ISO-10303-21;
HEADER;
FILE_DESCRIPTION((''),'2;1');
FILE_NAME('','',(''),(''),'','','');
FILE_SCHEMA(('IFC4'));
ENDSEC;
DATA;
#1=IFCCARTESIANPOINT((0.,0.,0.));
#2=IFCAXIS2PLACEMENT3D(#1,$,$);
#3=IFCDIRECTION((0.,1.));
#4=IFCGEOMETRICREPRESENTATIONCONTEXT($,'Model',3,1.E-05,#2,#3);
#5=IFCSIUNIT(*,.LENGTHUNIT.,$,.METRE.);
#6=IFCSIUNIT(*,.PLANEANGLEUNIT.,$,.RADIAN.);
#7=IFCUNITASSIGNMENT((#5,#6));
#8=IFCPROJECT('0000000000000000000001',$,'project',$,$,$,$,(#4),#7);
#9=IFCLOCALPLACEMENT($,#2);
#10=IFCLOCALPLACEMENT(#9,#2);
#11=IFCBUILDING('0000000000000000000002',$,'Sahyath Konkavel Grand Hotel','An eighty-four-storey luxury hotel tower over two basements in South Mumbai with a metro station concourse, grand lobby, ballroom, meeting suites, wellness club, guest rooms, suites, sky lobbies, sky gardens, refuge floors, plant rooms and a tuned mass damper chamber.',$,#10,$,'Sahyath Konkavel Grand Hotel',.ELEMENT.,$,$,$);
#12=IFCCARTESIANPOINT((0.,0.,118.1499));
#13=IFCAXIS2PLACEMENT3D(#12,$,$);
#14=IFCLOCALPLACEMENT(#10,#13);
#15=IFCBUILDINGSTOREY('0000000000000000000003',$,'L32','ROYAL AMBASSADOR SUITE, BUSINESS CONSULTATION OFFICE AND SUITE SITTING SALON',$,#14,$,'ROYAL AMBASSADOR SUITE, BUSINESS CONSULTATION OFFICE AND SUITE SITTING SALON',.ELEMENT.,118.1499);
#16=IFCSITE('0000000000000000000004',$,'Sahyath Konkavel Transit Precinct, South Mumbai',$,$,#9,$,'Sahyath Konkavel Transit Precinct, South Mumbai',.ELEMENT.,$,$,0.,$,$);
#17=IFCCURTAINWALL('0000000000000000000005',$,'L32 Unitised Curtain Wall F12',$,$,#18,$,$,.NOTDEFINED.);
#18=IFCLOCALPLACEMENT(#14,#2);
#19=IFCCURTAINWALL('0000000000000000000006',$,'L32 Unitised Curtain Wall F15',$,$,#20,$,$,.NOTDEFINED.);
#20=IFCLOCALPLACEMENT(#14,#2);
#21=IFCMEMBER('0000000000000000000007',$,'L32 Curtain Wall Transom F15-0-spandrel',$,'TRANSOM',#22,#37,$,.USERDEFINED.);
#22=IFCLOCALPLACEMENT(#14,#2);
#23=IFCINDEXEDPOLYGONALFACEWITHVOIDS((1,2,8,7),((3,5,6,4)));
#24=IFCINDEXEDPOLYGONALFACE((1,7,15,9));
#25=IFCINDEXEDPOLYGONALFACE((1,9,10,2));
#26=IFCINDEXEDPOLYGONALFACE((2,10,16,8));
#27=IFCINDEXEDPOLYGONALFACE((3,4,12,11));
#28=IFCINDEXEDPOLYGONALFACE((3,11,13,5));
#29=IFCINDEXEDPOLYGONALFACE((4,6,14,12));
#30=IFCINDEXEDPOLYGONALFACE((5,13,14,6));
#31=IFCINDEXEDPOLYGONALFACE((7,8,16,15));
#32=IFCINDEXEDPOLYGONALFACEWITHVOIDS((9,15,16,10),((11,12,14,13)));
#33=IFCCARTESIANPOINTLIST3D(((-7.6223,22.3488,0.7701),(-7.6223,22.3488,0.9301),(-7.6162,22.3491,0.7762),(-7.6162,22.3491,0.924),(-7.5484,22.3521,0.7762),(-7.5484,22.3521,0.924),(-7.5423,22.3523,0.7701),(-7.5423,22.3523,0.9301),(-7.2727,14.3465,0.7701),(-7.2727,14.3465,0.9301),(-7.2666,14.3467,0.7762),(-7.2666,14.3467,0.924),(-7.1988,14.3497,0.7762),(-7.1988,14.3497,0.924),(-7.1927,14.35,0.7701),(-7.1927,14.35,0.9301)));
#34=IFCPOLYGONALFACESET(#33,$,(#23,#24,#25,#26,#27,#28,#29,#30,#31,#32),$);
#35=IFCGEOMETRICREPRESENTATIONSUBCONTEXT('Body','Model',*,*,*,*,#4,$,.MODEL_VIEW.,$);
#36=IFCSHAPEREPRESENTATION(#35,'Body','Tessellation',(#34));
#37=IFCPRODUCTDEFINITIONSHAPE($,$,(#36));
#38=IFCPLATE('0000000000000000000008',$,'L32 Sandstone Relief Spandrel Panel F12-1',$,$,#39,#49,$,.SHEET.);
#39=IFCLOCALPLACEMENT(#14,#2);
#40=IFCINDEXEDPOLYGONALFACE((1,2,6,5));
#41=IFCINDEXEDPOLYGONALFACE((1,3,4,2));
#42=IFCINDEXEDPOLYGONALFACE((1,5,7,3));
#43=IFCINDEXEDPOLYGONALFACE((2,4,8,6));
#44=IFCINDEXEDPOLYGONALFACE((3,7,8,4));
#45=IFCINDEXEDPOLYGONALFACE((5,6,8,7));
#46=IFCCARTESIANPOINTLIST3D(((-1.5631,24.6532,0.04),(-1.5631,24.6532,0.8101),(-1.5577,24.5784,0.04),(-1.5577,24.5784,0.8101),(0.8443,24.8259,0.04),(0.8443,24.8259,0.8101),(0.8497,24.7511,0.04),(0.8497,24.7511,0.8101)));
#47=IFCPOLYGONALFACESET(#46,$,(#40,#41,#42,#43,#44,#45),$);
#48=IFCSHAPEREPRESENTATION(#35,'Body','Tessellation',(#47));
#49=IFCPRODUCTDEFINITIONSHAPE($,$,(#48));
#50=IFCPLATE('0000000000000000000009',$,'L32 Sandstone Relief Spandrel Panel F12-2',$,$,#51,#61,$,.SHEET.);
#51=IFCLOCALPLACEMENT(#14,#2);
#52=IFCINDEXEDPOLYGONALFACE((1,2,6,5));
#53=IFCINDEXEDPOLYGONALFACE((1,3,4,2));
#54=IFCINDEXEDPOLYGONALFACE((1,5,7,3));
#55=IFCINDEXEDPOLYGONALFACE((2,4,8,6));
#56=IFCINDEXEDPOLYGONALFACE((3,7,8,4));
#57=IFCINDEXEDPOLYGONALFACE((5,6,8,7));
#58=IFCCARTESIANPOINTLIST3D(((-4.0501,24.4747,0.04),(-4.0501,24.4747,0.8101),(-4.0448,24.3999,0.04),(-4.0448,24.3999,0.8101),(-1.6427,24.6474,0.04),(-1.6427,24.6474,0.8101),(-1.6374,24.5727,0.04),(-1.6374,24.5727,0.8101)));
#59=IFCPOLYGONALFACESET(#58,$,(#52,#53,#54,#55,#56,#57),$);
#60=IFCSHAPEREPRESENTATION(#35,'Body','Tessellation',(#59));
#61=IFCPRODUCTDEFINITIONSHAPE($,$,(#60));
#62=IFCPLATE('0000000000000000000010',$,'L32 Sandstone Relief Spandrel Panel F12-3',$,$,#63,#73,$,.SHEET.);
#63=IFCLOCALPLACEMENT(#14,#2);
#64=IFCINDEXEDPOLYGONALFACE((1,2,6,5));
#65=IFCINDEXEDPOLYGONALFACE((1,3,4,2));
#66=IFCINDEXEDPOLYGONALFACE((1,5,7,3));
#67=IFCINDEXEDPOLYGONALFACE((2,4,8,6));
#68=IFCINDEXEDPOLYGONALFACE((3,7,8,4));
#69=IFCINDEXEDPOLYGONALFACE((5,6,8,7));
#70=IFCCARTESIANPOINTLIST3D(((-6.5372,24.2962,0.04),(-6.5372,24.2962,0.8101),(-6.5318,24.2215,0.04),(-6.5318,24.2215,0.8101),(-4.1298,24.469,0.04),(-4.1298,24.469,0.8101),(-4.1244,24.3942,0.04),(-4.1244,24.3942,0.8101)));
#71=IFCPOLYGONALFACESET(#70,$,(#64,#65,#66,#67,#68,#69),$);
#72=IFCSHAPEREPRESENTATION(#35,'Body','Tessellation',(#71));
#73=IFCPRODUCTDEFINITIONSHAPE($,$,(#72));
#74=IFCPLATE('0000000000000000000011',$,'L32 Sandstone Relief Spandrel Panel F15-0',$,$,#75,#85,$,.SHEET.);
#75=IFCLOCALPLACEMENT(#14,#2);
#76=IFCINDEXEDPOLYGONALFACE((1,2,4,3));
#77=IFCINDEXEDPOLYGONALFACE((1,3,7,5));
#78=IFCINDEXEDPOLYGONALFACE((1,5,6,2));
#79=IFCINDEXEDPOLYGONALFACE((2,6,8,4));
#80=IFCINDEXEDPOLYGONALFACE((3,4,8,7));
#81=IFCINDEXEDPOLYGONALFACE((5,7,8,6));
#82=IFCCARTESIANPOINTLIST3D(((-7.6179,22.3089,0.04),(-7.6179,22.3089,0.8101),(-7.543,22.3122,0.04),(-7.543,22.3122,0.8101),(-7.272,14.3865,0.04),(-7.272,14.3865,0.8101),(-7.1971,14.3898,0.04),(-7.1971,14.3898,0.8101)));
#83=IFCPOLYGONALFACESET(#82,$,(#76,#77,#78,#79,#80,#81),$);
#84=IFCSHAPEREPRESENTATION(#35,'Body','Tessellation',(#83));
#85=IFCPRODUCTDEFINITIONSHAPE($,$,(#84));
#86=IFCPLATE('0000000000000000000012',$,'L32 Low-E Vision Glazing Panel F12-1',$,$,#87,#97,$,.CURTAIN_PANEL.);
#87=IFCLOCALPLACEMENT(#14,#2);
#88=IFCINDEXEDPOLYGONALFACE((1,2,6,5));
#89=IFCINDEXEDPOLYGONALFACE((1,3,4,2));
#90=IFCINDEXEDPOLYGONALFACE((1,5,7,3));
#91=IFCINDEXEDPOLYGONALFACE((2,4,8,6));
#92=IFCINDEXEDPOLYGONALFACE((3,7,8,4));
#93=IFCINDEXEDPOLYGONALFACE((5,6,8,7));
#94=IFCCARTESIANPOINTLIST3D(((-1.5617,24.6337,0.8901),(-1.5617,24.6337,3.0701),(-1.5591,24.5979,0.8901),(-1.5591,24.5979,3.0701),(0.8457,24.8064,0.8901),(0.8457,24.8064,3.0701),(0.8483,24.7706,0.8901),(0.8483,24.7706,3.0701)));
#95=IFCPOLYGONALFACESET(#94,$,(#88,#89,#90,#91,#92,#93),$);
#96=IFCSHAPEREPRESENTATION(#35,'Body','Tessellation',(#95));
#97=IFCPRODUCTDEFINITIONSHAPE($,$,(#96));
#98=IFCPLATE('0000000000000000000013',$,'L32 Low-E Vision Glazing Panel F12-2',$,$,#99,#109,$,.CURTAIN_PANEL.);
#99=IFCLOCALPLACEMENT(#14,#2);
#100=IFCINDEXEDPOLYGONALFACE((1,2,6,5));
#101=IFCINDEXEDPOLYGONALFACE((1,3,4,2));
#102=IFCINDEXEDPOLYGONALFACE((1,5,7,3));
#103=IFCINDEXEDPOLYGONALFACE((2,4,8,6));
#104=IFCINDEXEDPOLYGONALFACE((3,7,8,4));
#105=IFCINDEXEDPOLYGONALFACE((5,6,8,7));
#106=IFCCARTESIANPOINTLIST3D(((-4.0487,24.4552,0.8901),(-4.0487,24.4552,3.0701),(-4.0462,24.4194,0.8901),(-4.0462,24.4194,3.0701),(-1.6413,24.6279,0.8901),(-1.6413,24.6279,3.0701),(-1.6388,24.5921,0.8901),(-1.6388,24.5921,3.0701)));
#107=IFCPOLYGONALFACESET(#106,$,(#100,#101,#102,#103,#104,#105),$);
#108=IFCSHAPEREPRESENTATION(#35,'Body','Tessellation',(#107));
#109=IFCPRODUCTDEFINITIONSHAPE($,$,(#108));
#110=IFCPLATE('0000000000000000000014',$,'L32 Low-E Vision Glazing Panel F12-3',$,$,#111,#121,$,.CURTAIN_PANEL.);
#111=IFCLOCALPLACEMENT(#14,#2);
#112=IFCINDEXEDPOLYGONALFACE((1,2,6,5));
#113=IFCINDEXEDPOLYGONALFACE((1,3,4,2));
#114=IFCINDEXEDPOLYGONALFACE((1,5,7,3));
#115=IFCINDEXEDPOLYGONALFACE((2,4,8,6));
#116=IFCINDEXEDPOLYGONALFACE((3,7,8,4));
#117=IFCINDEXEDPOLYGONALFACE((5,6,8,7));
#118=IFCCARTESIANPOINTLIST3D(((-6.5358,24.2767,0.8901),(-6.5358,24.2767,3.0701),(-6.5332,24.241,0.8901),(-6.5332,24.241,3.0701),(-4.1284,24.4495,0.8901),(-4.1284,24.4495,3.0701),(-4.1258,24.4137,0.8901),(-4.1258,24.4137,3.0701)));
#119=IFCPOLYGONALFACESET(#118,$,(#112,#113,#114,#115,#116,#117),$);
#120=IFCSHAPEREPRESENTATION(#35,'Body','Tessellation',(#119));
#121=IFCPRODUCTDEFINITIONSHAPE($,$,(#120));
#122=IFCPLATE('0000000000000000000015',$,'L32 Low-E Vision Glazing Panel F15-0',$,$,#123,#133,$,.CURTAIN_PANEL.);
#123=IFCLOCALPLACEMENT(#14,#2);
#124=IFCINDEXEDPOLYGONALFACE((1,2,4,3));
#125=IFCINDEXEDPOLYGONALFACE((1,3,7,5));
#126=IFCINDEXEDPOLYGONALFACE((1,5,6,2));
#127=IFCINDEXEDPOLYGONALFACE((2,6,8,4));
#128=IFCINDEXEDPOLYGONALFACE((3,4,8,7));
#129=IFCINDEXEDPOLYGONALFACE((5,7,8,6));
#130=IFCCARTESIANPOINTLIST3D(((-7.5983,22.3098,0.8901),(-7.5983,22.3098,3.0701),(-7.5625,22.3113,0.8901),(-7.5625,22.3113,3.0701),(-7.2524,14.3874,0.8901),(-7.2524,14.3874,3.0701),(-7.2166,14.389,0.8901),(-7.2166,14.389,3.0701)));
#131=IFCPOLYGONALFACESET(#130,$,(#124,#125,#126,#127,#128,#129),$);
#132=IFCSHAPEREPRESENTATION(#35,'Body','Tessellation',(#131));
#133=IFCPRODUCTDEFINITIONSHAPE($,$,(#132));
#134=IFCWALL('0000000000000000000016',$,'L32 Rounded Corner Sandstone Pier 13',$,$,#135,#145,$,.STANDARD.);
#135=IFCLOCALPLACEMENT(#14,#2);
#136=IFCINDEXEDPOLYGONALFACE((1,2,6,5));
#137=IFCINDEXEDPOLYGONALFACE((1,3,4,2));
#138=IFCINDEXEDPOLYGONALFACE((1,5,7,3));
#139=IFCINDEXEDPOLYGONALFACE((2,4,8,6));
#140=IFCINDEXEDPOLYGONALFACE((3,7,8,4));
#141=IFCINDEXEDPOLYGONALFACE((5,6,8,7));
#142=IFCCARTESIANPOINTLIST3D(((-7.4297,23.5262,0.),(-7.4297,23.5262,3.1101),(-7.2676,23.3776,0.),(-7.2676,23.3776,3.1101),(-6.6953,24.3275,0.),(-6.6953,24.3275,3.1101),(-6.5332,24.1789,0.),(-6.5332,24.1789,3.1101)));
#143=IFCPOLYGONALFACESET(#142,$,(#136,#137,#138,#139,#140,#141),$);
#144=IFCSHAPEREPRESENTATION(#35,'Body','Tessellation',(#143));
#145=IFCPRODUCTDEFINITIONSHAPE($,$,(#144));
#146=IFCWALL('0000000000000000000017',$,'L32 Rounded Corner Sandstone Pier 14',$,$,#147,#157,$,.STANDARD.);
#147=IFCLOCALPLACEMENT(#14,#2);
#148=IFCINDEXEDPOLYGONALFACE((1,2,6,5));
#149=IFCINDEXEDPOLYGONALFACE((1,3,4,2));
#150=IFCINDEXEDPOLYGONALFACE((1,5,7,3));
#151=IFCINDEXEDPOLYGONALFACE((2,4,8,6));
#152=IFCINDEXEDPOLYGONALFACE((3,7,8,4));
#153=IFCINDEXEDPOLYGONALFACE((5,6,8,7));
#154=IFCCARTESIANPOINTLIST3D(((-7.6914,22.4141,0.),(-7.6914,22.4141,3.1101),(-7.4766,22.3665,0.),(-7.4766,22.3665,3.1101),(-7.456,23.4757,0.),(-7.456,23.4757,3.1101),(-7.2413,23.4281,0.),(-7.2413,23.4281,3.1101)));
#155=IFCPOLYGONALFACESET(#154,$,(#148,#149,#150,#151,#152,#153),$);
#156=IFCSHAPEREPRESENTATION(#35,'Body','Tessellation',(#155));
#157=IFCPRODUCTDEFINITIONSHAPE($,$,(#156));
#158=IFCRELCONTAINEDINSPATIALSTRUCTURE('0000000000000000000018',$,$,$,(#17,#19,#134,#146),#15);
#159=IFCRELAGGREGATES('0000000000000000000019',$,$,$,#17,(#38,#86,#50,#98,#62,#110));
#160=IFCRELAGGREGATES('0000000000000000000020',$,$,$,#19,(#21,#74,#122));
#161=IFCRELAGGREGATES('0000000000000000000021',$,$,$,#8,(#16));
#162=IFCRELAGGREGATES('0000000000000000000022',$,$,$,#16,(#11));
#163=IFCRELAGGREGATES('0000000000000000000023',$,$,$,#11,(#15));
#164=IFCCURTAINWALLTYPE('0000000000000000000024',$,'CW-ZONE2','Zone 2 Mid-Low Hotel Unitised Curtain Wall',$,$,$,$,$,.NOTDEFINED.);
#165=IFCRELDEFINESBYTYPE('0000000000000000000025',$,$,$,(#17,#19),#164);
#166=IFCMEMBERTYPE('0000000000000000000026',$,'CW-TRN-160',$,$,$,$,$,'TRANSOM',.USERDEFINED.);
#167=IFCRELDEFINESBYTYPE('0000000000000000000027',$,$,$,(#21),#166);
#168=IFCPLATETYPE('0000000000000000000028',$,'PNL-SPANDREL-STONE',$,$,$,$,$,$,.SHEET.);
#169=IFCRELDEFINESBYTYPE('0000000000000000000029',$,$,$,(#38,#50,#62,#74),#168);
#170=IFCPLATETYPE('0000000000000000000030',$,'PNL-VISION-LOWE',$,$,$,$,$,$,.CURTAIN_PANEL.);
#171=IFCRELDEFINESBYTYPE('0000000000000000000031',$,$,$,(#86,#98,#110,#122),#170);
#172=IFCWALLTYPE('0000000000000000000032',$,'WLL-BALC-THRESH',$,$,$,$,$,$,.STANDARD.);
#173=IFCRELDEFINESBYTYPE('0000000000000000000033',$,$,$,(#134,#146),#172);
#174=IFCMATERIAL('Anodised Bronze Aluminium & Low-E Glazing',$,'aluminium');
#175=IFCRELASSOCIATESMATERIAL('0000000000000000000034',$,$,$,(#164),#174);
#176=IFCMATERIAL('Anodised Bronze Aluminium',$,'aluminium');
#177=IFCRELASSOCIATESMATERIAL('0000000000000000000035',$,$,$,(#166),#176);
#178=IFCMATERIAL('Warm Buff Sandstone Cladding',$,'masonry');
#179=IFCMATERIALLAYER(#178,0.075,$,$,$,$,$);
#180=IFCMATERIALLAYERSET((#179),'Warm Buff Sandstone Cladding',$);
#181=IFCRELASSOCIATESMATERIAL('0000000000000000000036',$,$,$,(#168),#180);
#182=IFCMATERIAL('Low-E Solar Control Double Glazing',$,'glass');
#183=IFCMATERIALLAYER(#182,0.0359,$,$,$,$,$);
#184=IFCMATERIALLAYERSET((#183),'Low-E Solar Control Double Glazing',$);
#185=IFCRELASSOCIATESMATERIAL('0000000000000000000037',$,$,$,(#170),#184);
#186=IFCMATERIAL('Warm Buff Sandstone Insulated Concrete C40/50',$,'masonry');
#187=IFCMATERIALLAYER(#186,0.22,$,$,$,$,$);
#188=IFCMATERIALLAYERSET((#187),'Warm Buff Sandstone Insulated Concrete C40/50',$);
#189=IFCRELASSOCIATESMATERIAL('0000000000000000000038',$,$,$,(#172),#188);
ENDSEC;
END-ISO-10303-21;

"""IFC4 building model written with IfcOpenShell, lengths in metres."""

from ifc_helpers import new_model, si_unit, direction, frame, frame_2d, origin, origin_2d, place, context, subcontext, project, spatial, rectangle, hollow_rectangle, extrude, source, transform, mapped, material, layer, layer_set, material_profile, profile_set, type_object, element, aggregate, save


model = new_model("IFC4")

# Units and contexts
model_context = context("Model", 3, precision=1e-05, world=origin(), true_north=direction((0.0, 1.0)))
body_context = subcontext(model_context, "Body", "Model", "MODEL_VIEW")
ifc_project = project(units=[si_unit("LENGTHUNIT", "METRE"), si_unit("PLANEANGLEUNIT", "RADIAN")], contexts=[model_context])

# Site, building, storey
site_placement = place(None, origin())
site = spatial("IfcSite", under=ifc_project, at=site_placement, Name="Sahyath Konkavel Transit Precinct, South Mumbai", LongName="Sahyath Konkavel Transit Precinct, South Mumbai", CompositionType="ELEMENT", RefElevation=0.0)
building_placement = place(site_placement, origin())
building = spatial("IfcBuilding", under=site, at=building_placement, Name="Sahyath Konkavel Grand Hotel", Description="An eighty-four-storey luxury hotel tower over two basements in South Mumbai with a metro station concourse, grand lobby, ballroom, meeting suites, wellness club, guest rooms, suites, sky lobbies, sky gardens, refuge floors, plant rooms and a tuned mass damper chamber.", LongName="Sahyath Konkavel Grand Hotel", CompositionType="ELEMENT")
storey_placement = place(building_placement, frame((0.0, 0.0, 118.1499)))
storey = spatial("IfcBuildingStorey", under=building, at=storey_placement, Name="L32", Description="ROYAL AMBASSADOR SUITE, BUSINESS CONSULTATION OFFICE AND SUITE SITTING SALON", LongName="ROYAL AMBASSADOR SUITE, BUSINESS CONSULTATION OFFICE AND SUITE SITTING SALON", CompositionType="ELEMENT", Elevation=118.1499)

# Curtain wall
ifc_material_1 = material(Name="Anodised Bronze Aluminium & Low-E Glazing", Category="aluminium")
curtain_wall_type = type_object("IfcCurtainWallType", Name="CW-ZONE2", Description="Zone 2 Mid-Low Hotel Unitised Curtain Wall", PredefinedType="NOTDEFINED", material=ifc_material_1)
curtain_wall_1_placement = place(storey_placement, origin())
curtain_wall_1 = element("IfcCurtainWall", 1, at=curtain_wall_1_placement, inside=storey, type_object=curtain_wall_type, Name="L32 Unitised Curtain Wall F12", PredefinedType="NOTDEFINED")
ifc_material_2 = material(Name="Anodised Bronze Aluminium", Category="aluminium")

# Curtain wall
curtain_wall_2_placement = place(storey_placement, origin())
curtain_wall_2 = element("IfcCurtainWall", 2, at=curtain_wall_2_placement, inside=storey, type_object=curtain_wall_type, Name="L32 Unitised Curtain Wall F15", PredefinedType="NOTDEFINED")

# Member
ifc_material_profile_1 = material_profile(ifc_material_2, hollow_rectangle(XDim=0.0801, YDim=0.1599, WallThickness=0.0061, at=origin_2d()), Name="RHS 160x80x6")
ifc_profile_set_1 = profile_set([ifc_material_profile_1], Name="Anodised Bronze Aluminium")
member_type_1 = type_object("IfcMemberType", Name="CW-TRN-160", ElementType="TRANSOM", PredefinedType="USERDEFINED", material=ifc_profile_set_1)
shared_shape_1 = source(origin(), body_context, "Body", "SweptSolid", [
    extrude(hollow_rectangle(XDim=0.0801, YDim=0.1599, WallThickness=0.0061, at=origin_2d()), origin(), (0.0, 0.0, 1.0), 8.01),
])
member_1_placement = place(storey_placement, frame((-7.5823, 22.3506, 0.8501), z_axis=(0.043646, -0.999047, 0.0), x_axis=(0.999047, 0.043646, 0.0)))
member_1 = element("IfcMember", 3, at=member_1_placement, type_object=member_type_1, Name="L32 Curtain Wall Transom F15-0-spandrel", ObjectType="TRANSOM", PredefinedType="USERDEFINED", context=body_context, shape_type="MappedRepresentation", body=[
    mapped(shared_shape_1, transform((0.0, 0.0, 0.0), scale=1.0)),
])

# Plates
ifc_material_3 = material(Name="Warm Buff Sandstone Cladding", Category="masonry")
ifc_layer_1 = layer(ifc_material_3, 0.075)
ifc_layer_set_1 = layer_set([ifc_layer_1], Name="Warm Buff Sandstone Cladding")
plate_type_1 = type_object("IfcPlateType", Name="PNL-SPANDREL-STONE", PredefinedType="SHEET", material=ifc_layer_set_1)
shared_shape_2 = source(origin(), body_context, "Body", "SweptSolid", [
    extrude(rectangle(XDim=2.4136, YDim=0.075, at=origin_2d()), origin(), (0.0, 0.0, 1.0), 0.77),
])
plate_1_placement = place(storey_placement, frame((-0.3567, 24.7021, 0.04), z_axis=(0.0, 0.0, 1.0), x_axis=(-0.997436, -0.071567, 0.0)))
plate_1 = element("IfcPlate", 4, at=plate_1_placement, type_object=plate_type_1, Name="L32 Sandstone Relief Spandrel Panel F12-1", PredefinedType="SHEET", context=body_context, shape_type="MappedRepresentation", body=[
    mapped(shared_shape_2, transform((0.0, 0.0, 0.0), scale=1.0)),
])
plate_2_placement = place(storey_placement, frame((-2.8438, 24.5237, 0.04), z_axis=(0.0, 0.0, 1.0), x_axis=(-0.997436, -0.071567, 0.0)))
plate_2 = element("IfcPlate", 5, at=plate_2_placement, type_object=plate_type_1, Name="L32 Sandstone Relief Spandrel Panel F12-2", PredefinedType="SHEET", context=body_context, shape_type="MappedRepresentation", body=[
    mapped(shared_shape_2, transform((0.0, 0.0, 0.0), scale=1.0)),
])
plate_3_placement = place(storey_placement, frame((-5.3308, 24.3452, 0.04), z_axis=(0.0, 0.0, 1.0), x_axis=(-0.997436, -0.071567, 0.0)))
plate_3 = element("IfcPlate", 6, at=plate_3_placement, type_object=plate_type_1, Name="L32 Sandstone Relief Spandrel Panel F12-3", PredefinedType="SHEET", context=body_context, shape_type="MappedRepresentation", body=[
    mapped(shared_shape_2, transform((0.0, 0.0, 0.0), scale=1.0)),
])
shared_shape_3 = source(origin(), body_context, "Body", "SweptSolid", [
    extrude(rectangle(XDim=7.9299, YDim=0.075, at=origin_2d()), origin(), (0.0, 0.0, 1.0), 0.77),
])
plate_4_placement = place(storey_placement, frame((-7.4075, 18.3494, 0.04), z_axis=(0.0, 0.0, 1.0), x_axis=(0.043619, -0.999048, 0.0)))
plate_4 = element("IfcPlate", 7, at=plate_4_placement, type_object=plate_type_1, Name="L32 Sandstone Relief Spandrel Panel F15-0", PredefinedType="SHEET", context=body_context, shape_type="MappedRepresentation", body=[
    mapped(shared_shape_3, transform((0.0, 0.0, 0.0), scale=1.0)),
])
ifc_material_4 = material(Name="Low-E Solar Control Double Glazing", Category="glass")
ifc_layer_2 = layer(ifc_material_4, 0.0359)
ifc_layer_set_2 = layer_set([ifc_layer_2], Name="Low-E Solar Control Double Glazing")
plate_type_2 = type_object("IfcPlateType", Name="PNL-VISION-LOWE", PredefinedType="CURTAIN_PANEL", material=ifc_layer_set_2)
shared_shape_4 = source(origin(), body_context, "Body", "SweptSolid", [
    extrude(rectangle(XDim=2.4136, YDim=0.0359, at=origin_2d()), origin(), (0.0, 0.0, 1.0), 2.1799),
])
plate_5_placement = place(storey_placement, frame((-0.3567, 24.7021, 0.8901), z_axis=(0.0, 0.0, 1.0), x_axis=(-0.997436, -0.071567, 0.0)))
plate_5 = element("IfcPlate", 8, at=plate_5_placement, type_object=plate_type_2, Name="L32 Low-E Vision Glazing Panel F12-1", PredefinedType="CURTAIN_PANEL", context=body_context, shape_type="MappedRepresentation", body=[
    mapped(shared_shape_4, transform((0.0, 0.0, 0.0), scale=1.0)),
])
plate_6_placement = place(storey_placement, frame((-2.8438, 24.5237, 0.8901), z_axis=(0.0, 0.0, 1.0), x_axis=(-0.997436, -0.071567, 0.0)))
plate_6 = element("IfcPlate", 9, at=plate_6_placement, type_object=plate_type_2, Name="L32 Low-E Vision Glazing Panel F12-2", PredefinedType="CURTAIN_PANEL", context=body_context, shape_type="MappedRepresentation", body=[
    mapped(shared_shape_4, transform((0.0, 0.0, 0.0), scale=1.0)),
])
plate_7_placement = place(storey_placement, frame((-5.3308, 24.3452, 0.8901), z_axis=(0.0, 0.0, 1.0), x_axis=(-0.997436, -0.071567, 0.0)))
plate_7 = element("IfcPlate", 10, at=plate_7_placement, type_object=plate_type_2, Name="L32 Low-E Vision Glazing Panel F12-3", PredefinedType="CURTAIN_PANEL", context=body_context, shape_type="MappedRepresentation", body=[
    mapped(shared_shape_4, transform((0.0, 0.0, 0.0), scale=1.0)),
])
aggregate(curtain_wall_1, [plate_1, plate_5, plate_2, plate_6, plate_3, plate_7])
shared_shape_5 = source(origin(), body_context, "Body", "SweptSolid", [
    extrude(rectangle(XDim=7.9299, YDim=0.0359, at=origin_2d()), origin(), (0.0, 0.0, 1.0), 2.1799),
])
plate_8_placement = place(storey_placement, frame((-7.4075, 18.3494, 0.8901), z_axis=(0.0, 0.0, 1.0), x_axis=(0.043619, -0.999048, 0.0)))
plate_8 = element("IfcPlate", 11, at=plate_8_placement, type_object=plate_type_2, Name="L32 Low-E Vision Glazing Panel F15-0", PredefinedType="CURTAIN_PANEL", context=body_context, shape_type="MappedRepresentation", body=[
    mapped(shared_shape_5, transform((0.0, 0.0, 0.0), scale=1.0)),
])
aggregate(curtain_wall_2, [member_1, plate_4, plate_8])

# Walls
ifc_material_5 = material(Name="Warm Buff Sandstone Insulated Concrete C40/50", Category="masonry")
ifc_layer_3 = layer(ifc_material_5, 0.22)
ifc_layer_set_3 = layer_set([ifc_layer_3], Name="Warm Buff Sandstone Insulated Concrete C40/50")
wall_type_1 = type_object("IfcWallType", Name="WLL-BALC-THRESH", PredefinedType="STANDARD", material=ifc_layer_set_3)
wall_1_placement = place(storey_placement, frame((-6.6143, 24.2532, 0.0), z_axis=(0.0, 0.0, 1.0), x_axis=(-0.675664, -0.73721, 0.0)))
element("IfcWall", 12, at=wall_1_placement, inside=storey, type_object=wall_type_1, Name="L32 Rounded Corner Sandstone Pier 13", PredefinedType="STANDARD", context=body_context, shape_type="SweptSolid", body=[
    extrude(rectangle(XDim=1.0869, YDim=0.22, at=frame_2d((0.5435, 0.0))), origin(), (0.0, 0.0, 1.0), 3.1101),
])
wall_2_placement = place(storey_placement, frame((-7.3486, 23.4519, 0.0), z_axis=(0.0, 0.0, 1.0), x_axis=(-0.216455, -0.976293, 0.0)))
element("IfcWall", 13, at=wall_2_placement, inside=storey, type_object=wall_type_1, Name="L32 Rounded Corner Sandstone Pier 14", PredefinedType="STANDARD", context=body_context, shape_type="SweptSolid", body=[
    extrude(rectangle(XDim=1.0874, YDim=0.22, at=frame_2d((0.5437, 0.0))), origin(), (0.0, 0.0, 1.0), 3.1101),
])

save(model, "model.ifc")
